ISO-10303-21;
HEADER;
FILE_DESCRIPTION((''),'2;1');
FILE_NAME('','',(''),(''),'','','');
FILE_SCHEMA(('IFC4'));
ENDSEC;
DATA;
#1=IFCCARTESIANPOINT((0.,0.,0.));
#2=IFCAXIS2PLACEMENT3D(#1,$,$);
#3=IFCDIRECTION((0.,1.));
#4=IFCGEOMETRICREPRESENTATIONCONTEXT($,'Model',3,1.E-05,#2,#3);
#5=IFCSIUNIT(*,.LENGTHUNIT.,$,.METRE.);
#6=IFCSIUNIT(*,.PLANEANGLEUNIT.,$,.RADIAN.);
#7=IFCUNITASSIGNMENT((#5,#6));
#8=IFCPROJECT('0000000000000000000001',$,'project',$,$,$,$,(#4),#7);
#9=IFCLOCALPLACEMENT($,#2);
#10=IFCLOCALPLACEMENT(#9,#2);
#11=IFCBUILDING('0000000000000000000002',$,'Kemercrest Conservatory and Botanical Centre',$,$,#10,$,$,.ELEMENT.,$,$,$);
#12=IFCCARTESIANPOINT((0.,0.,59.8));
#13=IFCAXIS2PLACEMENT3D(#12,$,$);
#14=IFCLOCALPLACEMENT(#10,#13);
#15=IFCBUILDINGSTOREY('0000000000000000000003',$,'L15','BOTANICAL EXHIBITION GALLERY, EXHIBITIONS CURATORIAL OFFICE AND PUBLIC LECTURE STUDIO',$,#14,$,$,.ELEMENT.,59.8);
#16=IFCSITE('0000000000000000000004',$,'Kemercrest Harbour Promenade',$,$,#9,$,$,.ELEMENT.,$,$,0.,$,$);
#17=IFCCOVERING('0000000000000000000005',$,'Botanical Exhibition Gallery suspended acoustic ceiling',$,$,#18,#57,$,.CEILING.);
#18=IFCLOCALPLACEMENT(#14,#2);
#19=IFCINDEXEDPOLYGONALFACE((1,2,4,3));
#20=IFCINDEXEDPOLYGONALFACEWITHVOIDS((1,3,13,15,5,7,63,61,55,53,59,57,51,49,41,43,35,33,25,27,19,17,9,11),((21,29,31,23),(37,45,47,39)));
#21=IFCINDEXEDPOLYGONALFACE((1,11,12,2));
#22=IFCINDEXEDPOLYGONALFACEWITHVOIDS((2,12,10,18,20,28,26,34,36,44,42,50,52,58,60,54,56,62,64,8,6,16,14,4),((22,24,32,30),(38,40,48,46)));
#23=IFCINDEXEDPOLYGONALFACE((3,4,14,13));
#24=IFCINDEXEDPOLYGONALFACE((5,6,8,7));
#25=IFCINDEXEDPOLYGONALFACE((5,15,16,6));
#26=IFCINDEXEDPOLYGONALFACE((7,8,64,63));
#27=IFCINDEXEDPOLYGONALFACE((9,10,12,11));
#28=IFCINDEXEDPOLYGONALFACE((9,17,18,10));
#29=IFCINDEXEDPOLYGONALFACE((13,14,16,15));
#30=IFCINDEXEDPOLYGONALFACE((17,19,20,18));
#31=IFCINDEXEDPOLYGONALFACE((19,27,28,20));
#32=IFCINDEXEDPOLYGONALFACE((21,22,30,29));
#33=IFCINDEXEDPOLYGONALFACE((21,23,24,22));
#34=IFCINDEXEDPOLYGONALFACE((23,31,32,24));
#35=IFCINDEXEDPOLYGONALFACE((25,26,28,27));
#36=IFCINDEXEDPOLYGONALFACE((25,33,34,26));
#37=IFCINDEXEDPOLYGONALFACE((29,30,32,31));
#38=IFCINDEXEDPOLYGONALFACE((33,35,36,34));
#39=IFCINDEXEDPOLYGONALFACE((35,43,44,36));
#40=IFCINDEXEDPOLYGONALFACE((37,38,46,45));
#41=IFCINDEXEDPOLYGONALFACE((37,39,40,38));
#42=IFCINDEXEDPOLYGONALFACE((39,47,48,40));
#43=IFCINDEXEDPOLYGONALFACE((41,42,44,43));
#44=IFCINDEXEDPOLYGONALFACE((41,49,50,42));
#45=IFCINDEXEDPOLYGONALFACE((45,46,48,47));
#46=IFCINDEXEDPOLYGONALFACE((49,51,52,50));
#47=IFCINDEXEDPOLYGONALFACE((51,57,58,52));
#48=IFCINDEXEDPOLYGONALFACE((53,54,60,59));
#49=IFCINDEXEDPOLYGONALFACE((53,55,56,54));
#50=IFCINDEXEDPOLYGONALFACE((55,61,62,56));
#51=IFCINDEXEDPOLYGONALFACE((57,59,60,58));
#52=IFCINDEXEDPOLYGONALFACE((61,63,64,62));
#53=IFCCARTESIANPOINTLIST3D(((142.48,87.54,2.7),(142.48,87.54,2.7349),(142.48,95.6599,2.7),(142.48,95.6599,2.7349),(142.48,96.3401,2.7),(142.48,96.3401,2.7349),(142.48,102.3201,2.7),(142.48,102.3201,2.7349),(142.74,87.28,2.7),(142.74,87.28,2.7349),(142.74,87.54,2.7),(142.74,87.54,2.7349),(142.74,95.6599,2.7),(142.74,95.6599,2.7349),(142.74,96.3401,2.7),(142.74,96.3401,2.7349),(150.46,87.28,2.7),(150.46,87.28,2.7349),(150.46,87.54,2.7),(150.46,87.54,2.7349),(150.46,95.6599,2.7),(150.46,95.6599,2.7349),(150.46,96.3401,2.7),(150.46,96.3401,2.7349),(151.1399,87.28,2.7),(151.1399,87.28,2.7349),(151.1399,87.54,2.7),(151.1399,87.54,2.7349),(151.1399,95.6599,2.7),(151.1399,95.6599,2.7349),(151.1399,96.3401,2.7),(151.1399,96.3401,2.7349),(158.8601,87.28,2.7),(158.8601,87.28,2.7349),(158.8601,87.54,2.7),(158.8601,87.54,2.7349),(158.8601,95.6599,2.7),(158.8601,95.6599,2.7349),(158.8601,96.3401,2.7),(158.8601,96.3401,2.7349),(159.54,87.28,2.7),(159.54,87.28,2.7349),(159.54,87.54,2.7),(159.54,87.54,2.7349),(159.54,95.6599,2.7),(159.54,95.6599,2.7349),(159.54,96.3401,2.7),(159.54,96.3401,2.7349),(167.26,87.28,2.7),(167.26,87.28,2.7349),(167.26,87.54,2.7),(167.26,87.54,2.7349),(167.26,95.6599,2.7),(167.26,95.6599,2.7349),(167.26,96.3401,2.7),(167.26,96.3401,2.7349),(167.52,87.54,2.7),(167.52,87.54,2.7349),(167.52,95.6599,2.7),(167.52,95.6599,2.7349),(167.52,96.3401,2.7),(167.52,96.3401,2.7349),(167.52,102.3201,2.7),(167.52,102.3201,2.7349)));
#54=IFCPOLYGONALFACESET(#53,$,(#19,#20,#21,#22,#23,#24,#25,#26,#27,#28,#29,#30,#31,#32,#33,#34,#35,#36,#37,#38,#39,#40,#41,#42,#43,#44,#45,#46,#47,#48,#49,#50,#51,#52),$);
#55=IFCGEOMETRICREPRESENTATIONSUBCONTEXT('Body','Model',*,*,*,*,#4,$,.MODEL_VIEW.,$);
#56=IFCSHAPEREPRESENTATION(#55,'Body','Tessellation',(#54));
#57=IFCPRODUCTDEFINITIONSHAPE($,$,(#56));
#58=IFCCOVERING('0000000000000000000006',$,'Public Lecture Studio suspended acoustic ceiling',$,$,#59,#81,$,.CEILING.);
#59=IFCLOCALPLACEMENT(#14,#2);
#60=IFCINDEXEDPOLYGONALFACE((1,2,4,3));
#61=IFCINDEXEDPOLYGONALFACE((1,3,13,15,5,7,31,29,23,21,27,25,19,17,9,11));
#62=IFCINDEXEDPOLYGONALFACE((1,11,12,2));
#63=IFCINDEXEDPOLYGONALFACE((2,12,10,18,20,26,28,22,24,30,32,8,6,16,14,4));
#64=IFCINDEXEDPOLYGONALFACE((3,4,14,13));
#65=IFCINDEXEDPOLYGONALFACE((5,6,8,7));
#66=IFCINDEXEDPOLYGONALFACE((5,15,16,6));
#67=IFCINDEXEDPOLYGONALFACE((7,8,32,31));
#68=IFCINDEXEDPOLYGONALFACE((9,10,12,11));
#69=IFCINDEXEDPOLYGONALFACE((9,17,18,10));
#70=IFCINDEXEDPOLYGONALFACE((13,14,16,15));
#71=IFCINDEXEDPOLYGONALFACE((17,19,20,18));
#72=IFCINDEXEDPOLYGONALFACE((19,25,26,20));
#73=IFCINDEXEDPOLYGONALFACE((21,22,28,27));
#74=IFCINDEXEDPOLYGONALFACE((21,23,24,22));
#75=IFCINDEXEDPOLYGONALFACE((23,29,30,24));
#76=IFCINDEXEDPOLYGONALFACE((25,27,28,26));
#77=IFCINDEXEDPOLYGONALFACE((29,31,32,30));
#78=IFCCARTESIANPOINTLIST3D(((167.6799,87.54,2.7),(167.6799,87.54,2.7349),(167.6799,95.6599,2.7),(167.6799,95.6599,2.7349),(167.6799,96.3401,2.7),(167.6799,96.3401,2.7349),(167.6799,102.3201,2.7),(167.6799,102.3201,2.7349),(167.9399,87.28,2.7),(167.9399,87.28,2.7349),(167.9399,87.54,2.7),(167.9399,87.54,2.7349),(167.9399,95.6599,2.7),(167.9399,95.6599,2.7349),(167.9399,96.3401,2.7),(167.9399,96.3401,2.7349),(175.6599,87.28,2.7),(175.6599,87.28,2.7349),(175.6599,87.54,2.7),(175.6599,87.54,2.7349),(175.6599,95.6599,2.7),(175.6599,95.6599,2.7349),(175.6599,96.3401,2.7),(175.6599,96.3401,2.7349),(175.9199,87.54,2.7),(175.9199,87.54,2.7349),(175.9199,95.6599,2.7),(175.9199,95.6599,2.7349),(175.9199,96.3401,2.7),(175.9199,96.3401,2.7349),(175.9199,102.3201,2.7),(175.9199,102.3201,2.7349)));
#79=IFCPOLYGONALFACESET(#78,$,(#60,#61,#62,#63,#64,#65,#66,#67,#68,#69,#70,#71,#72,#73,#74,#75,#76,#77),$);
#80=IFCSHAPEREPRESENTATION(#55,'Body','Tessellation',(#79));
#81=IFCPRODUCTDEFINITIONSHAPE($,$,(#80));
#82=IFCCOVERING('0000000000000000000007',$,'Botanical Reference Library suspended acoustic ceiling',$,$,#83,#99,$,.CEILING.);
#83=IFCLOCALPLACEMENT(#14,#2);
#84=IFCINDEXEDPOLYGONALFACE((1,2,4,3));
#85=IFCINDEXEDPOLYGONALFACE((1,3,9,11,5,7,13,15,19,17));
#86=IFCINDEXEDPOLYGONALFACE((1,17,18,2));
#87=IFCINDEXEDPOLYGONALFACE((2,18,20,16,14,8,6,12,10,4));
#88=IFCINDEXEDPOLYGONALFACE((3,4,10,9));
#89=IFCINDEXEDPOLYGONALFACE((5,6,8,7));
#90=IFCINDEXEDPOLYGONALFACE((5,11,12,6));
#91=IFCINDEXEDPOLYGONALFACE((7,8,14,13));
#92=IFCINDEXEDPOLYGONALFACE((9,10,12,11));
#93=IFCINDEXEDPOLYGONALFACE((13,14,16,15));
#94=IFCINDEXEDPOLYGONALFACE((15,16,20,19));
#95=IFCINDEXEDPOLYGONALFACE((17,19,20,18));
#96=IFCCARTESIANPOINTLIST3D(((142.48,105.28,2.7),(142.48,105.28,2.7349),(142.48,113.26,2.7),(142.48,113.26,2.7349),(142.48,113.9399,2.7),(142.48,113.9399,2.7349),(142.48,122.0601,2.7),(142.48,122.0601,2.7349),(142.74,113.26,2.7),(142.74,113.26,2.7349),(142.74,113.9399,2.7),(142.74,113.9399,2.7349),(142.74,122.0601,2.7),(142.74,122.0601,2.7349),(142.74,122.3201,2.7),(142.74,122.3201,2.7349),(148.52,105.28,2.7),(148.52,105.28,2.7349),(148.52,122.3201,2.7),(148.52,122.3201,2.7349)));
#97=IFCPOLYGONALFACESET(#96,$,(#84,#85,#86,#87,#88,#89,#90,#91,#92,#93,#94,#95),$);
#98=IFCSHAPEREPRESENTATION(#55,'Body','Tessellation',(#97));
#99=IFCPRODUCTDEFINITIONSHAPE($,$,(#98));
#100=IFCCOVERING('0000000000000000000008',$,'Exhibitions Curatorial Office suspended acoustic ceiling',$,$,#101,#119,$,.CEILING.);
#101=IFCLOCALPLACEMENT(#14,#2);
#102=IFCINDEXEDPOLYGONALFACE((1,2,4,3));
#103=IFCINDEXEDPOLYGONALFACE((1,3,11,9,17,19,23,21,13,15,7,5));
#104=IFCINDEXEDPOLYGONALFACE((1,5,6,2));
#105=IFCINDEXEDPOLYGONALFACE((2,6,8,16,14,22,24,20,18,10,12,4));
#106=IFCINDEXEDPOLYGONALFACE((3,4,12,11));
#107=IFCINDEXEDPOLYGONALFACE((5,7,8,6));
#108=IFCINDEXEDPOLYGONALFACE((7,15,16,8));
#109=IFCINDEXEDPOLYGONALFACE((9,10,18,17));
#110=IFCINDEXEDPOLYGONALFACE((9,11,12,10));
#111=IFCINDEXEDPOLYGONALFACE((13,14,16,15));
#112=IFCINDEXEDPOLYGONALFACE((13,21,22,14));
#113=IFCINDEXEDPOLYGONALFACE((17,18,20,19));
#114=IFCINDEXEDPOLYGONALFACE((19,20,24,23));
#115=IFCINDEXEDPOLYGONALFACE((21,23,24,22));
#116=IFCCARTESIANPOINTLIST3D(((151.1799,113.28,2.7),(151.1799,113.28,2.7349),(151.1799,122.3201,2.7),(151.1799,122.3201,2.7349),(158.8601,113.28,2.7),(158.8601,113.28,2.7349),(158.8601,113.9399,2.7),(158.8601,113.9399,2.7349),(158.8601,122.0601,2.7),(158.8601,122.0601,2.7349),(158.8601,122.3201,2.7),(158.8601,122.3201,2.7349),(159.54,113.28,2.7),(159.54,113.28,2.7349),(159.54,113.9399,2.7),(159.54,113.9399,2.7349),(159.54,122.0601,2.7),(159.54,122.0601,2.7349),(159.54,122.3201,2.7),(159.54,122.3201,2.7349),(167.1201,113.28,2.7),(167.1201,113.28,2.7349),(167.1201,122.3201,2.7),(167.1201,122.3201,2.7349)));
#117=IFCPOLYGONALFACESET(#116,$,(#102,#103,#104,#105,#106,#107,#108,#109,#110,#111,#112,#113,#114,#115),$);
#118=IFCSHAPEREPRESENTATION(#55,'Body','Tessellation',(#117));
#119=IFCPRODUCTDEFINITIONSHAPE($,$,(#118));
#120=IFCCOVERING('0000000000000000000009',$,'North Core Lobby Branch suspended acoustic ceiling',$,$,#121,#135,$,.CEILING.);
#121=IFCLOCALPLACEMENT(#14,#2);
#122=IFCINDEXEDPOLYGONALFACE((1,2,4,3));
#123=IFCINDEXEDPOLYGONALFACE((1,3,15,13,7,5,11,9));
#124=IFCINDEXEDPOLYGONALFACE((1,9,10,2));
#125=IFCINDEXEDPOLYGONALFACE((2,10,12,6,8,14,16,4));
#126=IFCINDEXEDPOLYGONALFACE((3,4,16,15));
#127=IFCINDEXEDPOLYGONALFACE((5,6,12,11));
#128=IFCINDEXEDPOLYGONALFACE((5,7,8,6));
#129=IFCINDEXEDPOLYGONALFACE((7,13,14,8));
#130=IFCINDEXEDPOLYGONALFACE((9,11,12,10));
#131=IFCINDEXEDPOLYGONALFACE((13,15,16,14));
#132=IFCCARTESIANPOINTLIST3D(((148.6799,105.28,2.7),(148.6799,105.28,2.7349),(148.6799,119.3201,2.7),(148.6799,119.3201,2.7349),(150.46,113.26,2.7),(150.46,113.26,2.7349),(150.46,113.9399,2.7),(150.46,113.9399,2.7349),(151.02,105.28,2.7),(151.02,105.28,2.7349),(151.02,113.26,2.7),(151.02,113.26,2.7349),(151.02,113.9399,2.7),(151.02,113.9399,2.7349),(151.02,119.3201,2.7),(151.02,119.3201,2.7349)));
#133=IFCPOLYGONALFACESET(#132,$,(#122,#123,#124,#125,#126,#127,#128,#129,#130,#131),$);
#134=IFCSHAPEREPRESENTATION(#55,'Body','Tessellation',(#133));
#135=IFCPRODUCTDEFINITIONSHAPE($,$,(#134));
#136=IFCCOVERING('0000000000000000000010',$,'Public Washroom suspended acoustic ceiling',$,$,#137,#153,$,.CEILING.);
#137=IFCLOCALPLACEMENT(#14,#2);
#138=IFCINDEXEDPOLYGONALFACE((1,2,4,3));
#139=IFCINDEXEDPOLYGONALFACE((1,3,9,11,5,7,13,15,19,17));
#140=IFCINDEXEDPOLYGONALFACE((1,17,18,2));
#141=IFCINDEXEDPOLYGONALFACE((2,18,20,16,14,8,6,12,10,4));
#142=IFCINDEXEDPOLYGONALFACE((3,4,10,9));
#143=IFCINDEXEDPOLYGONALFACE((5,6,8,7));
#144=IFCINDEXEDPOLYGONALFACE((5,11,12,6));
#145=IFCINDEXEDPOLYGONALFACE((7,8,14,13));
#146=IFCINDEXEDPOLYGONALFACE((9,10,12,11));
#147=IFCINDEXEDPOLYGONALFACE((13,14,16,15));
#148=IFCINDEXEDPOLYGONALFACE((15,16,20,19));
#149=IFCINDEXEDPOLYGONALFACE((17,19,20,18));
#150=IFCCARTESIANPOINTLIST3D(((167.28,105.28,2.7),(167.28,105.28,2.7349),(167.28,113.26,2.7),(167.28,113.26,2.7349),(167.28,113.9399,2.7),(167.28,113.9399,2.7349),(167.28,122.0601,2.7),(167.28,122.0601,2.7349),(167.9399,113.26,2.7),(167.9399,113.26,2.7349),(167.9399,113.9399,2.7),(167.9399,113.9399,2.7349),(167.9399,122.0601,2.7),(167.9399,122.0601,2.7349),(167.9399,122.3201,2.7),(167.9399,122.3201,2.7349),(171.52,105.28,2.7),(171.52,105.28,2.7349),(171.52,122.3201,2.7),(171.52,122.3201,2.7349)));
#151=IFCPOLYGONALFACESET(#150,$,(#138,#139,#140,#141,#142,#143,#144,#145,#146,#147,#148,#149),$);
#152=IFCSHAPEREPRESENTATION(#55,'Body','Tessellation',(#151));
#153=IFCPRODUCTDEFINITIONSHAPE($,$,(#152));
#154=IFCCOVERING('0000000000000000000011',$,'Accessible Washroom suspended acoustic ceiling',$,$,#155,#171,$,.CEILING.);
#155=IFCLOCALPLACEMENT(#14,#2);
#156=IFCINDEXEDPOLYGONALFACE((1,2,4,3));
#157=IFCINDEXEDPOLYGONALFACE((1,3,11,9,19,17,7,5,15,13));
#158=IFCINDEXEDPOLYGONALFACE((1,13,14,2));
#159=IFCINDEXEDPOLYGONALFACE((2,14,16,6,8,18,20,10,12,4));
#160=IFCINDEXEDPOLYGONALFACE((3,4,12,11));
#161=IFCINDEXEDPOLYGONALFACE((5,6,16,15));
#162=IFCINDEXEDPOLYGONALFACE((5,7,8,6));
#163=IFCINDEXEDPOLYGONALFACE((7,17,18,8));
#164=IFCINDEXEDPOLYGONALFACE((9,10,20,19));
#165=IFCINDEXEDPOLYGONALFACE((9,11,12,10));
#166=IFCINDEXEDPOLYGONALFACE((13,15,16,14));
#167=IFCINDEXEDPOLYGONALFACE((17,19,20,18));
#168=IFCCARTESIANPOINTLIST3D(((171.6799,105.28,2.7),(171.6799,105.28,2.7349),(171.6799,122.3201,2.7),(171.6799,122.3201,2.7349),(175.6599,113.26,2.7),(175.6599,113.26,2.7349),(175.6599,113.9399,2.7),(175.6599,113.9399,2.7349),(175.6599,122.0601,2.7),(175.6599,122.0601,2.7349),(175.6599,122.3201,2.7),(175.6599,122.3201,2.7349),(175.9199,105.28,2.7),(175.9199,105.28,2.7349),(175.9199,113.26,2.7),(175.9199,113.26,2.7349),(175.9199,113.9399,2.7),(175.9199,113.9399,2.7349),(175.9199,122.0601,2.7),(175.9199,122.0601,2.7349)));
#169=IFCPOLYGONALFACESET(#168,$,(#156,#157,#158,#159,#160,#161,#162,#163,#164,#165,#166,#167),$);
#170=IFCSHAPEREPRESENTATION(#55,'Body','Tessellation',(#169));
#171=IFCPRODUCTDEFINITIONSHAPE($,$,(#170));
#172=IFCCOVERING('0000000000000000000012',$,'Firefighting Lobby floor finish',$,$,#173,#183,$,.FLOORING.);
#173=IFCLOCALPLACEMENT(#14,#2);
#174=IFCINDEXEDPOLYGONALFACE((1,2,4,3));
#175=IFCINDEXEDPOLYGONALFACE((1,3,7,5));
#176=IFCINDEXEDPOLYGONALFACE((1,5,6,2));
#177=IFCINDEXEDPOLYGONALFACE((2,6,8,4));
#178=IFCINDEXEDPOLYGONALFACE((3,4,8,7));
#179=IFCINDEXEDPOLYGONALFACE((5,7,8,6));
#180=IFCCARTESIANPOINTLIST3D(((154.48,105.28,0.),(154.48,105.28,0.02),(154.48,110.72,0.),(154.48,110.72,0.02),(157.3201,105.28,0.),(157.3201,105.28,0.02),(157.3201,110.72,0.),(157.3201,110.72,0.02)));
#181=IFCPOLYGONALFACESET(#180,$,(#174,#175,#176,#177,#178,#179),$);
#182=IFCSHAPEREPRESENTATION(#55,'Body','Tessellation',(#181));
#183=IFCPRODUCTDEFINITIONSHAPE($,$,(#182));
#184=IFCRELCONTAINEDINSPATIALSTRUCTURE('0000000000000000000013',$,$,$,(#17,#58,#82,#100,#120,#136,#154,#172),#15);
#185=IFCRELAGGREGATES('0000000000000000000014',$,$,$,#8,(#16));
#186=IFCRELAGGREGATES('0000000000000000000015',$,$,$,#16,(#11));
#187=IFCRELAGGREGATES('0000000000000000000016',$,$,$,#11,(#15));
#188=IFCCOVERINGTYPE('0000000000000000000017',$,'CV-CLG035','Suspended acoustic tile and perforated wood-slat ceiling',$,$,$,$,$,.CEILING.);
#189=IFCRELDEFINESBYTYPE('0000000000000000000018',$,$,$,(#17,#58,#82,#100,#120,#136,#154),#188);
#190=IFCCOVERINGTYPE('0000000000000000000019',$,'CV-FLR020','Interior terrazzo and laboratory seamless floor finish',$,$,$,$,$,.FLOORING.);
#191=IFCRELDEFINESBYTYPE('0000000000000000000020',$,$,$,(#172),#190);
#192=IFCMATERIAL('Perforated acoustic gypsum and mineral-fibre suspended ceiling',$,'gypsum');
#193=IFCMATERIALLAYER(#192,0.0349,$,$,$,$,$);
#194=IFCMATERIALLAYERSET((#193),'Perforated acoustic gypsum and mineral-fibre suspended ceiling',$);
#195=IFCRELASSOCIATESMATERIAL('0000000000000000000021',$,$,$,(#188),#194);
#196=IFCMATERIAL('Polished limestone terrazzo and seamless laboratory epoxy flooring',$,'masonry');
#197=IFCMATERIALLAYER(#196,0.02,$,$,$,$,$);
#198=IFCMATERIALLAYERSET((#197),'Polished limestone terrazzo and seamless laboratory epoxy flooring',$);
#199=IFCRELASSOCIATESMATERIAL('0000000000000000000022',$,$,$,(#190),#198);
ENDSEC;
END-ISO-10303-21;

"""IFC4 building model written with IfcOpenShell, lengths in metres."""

from ifc_helpers import new_model, si_unit, direction, frame, origin, place, context, subcontext, project, spatial, polyline, outline, extrude, material, layer, layer_set, type_object, element, save


model = new_model("IFC4")

# Units and contexts
model_context = context("Model", 3, precision=1e-05, world=origin(), true_north=direction((0.0, 1.0)))
body_context = subcontext(model_context, "Body", "Model", "MODEL_VIEW")
ifc_project = project(units=[si_unit("LENGTHUNIT", "METRE"), si_unit("PLANEANGLEUNIT", "RADIAN")], contexts=[model_context])

# Site, building, storey
site_placement = place(None, origin())
site = spatial("IfcSite", under=ifc_project, at=site_placement, Name="Kemercrest Harbour Promenade", CompositionType="ELEMENT", RefElevation=0.0)
building_placement = place(site_placement, origin())
building = spatial("IfcBuilding", under=site, at=building_placement, Name="Kemercrest Conservatory and Botanical Centre", CompositionType="ELEMENT")
storey_placement = place(building_placement, frame((0.0, 0.0, 59.8)))
storey = spatial("IfcBuildingStorey", under=building, at=storey_placement, Name="L15", Description="BOTANICAL EXHIBITION GALLERY, EXHIBITIONS CURATORIAL OFFICE AND PUBLIC LECTURE STUDIO", CompositionType="ELEMENT", Elevation=59.8)

# Coverings
ifc_material_1 = material(Name="Perforated acoustic gypsum and mineral-fibre suspended ceiling", Category="gypsum")
ifc_layer_1 = layer(ifc_material_1, 0.0349)
ifc_layer_set_1 = layer_set([ifc_layer_1], Name="Perforated acoustic gypsum and mineral-fibre suspended ceiling")
covering_type_1 = type_object("IfcCoveringType", Name="CV-CLG035", Description="Suspended acoustic tile and perforated wood-slat ceiling", PredefinedType="CEILING", material=ifc_layer_set_1)
covering_1_placement = place(storey_placement, frame((0.0, 0.0, 2.7)))
element("IfcCovering", 1, at=covering_1_placement, inside=storey, type_object=covering_type_1, Name="Botanical Exhibition Gallery suspended acoustic ceiling", PredefinedType="CEILING", context=body_context, shape_type="SweptSolid", body=[
    extrude(outline(polyline([(158.8601, 87.54), (159.54, 87.54), (159.54, 87.28), (167.26, 87.28), (167.26, 87.54), (167.52, 87.54), (167.52, 95.6599), (167.26, 95.6599), (167.26, 96.3401), (167.52, 96.3401), (167.52, 102.3201), (142.48, 102.3201), (142.48, 96.3401), (142.74, 96.3401), (142.74, 95.6599), (142.48, 95.6599), (142.48, 87.54), (142.74, 87.54), (142.74, 87.28), (150.46, 87.28), (150.46, 87.54), (151.1399, 87.54), (151.1399, 87.28), (158.8601, 87.28), (158.8601, 87.54)]), holes=[polyline([(158.8601, 96.3401), (159.54, 96.3401), (159.54, 95.6599), (158.8601, 95.6599), (158.8601, 96.3401)]), polyline([(150.46, 95.6599), (150.46, 96.3401), (151.1399, 96.3401), (151.1399, 95.6599), (150.46, 95.6599)])]), origin(), (0.0, 0.0, 1.0), 0.0349),
])
covering_2_placement = place(storey_placement, frame((0.0, 0.0, 2.7)))
element("IfcCovering", 2, at=covering_2_placement, inside=storey, type_object=covering_type_1, Name="Public Lecture Studio suspended acoustic ceiling", PredefinedType="CEILING", context=body_context, shape_type="SweptSolid", body=[
    extrude(outline(polyline([(167.9399, 87.28), (175.6599, 87.28), (175.6599, 87.54), (175.9199, 87.54), (175.9199, 95.6599), (175.6599, 95.6599), (175.6599, 96.3401), (175.9199, 96.3401), (175.9199, 102.3201), (167.6799, 102.3201), (167.6799, 96.3401), (167.9399, 96.3401), (167.9399, 95.6599), (167.6799, 95.6599), (167.6799, 87.54), (167.9399, 87.54), (167.9399, 87.28)])), origin(), (0.0, 0.0, 1.0), 0.0349),
])
covering_3_placement = place(storey_placement, frame((0.0, 0.0, 2.7)))
element("IfcCovering", 3, at=covering_3_placement, inside=storey, type_object=covering_type_1, Name="Botanical Reference Library suspended acoustic ceiling", PredefinedType="CEILING", context=body_context, shape_type="SweptSolid", body=[
    extrude(outline(polyline([(142.48, 105.28), (148.52, 105.28), (148.52, 122.3201), (142.74, 122.3201), (142.74, 122.0601), (142.48, 122.0601), (142.48, 113.9399), (142.74, 113.9399), (142.74, 113.26), (142.48, 113.26), (142.48, 105.28)])), origin(), (0.0, 0.0, 1.0), 0.0349),
])
covering_4_placement = place(storey_placement, frame((0.0, 0.0, 2.7)))
element("IfcCovering", 4, at=covering_4_placement, inside=storey, type_object=covering_type_1, Name="Exhibitions Curatorial Office suspended acoustic ceiling", PredefinedType="CEILING", context=body_context, shape_type="SweptSolid", body=[
    extrude(outline(polyline([(159.54, 113.28), (167.1201, 113.28), (167.1201, 122.3201), (159.54, 122.3201), (159.54, 122.0601), (158.8601, 122.0601), (158.8601, 122.3201), (151.1799, 122.3201), (151.1799, 113.28), (158.8601, 113.28), (158.8601, 113.9399), (159.54, 113.9399), (159.54, 113.28)])), origin(), (0.0, 0.0, 1.0), 0.0349),
])
covering_5_placement = place(storey_placement, frame((0.0, 0.0, 2.7)))
element("IfcCovering", 5, at=covering_5_placement, inside=storey, type_object=covering_type_1, Name="North Core Lobby Branch suspended acoustic ceiling", PredefinedType="CEILING", context=body_context, shape_type="SweptSolid", body=[
    extrude(outline(polyline([(148.6799, 105.28), (151.02, 105.28), (151.02, 113.26), (150.46, 113.26), (150.46, 113.9399), (151.02, 113.9399), (151.02, 119.3201), (148.6799, 119.3201), (148.6799, 105.28)])), origin(), (0.0, 0.0, 1.0), 0.0349),
])
covering_6_placement = place(storey_placement, frame((0.0, 0.0, 2.7)))
element("IfcCovering", 6, at=covering_6_placement, inside=storey, type_object=covering_type_1, Name="Public Washroom suspended acoustic ceiling", PredefinedType="CEILING", context=body_context, shape_type="SweptSolid", body=[
    extrude(outline(polyline([(167.28, 105.28), (171.52, 105.28), (171.52, 122.3201), (167.9399, 122.3201), (167.9399, 122.0601), (167.28, 122.0601), (167.28, 113.9399), (167.9399, 113.9399), (167.9399, 113.26), (167.28, 113.26), (167.28, 105.28)])), origin(), (0.0, 0.0, 1.0), 0.0349),
])
covering_7_placement = place(storey_placement, frame((0.0, 0.0, 2.7)))
element("IfcCovering", 7, at=covering_7_placement, inside=storey, type_object=covering_type_1, Name="Accessible Washroom suspended acoustic ceiling", PredefinedType="CEILING", context=body_context, shape_type="SweptSolid", body=[
    extrude(outline(polyline([(171.6799, 105.28), (175.9199, 105.28), (175.9199, 113.26), (175.6599, 113.26), (175.6599, 113.9399), (175.9199, 113.9399), (175.9199, 122.0601), (175.6599, 122.0601), (175.6599, 122.3201), (171.6799, 122.3201), (171.6799, 105.28)])), origin(), (0.0, 0.0, 1.0), 0.0349),
])
ifc_material_2 = material(Name="Polished limestone terrazzo and seamless laboratory epoxy flooring", Category="masonry")
ifc_layer_2 = layer(ifc_material_2, 0.02)
ifc_layer_set_2 = layer_set([ifc_layer_2], Name="Polished limestone terrazzo and seamless laboratory epoxy flooring")
covering_type_2 = type_object("IfcCoveringType", Name="CV-FLR020", Description="Interior terrazzo and laboratory seamless floor finish", PredefinedType="FLOORING", material=ifc_layer_set_2)
covering_8_placement = place(storey_placement, origin())
element("IfcCovering", 8, at=covering_8_placement, inside=storey, type_object=covering_type_2, Name="Firefighting Lobby floor finish", PredefinedType="FLOORING", context=body_context, shape_type="SweptSolid", body=[
    extrude(outline(polyline([(154.48, 105.28), (157.3201, 105.28), (157.3201, 110.72), (154.48, 110.72), (154.48, 105.28)])), origin(), (0.0, 0.0, 1.0), 0.02),
])

save(model, "model.ifc")
